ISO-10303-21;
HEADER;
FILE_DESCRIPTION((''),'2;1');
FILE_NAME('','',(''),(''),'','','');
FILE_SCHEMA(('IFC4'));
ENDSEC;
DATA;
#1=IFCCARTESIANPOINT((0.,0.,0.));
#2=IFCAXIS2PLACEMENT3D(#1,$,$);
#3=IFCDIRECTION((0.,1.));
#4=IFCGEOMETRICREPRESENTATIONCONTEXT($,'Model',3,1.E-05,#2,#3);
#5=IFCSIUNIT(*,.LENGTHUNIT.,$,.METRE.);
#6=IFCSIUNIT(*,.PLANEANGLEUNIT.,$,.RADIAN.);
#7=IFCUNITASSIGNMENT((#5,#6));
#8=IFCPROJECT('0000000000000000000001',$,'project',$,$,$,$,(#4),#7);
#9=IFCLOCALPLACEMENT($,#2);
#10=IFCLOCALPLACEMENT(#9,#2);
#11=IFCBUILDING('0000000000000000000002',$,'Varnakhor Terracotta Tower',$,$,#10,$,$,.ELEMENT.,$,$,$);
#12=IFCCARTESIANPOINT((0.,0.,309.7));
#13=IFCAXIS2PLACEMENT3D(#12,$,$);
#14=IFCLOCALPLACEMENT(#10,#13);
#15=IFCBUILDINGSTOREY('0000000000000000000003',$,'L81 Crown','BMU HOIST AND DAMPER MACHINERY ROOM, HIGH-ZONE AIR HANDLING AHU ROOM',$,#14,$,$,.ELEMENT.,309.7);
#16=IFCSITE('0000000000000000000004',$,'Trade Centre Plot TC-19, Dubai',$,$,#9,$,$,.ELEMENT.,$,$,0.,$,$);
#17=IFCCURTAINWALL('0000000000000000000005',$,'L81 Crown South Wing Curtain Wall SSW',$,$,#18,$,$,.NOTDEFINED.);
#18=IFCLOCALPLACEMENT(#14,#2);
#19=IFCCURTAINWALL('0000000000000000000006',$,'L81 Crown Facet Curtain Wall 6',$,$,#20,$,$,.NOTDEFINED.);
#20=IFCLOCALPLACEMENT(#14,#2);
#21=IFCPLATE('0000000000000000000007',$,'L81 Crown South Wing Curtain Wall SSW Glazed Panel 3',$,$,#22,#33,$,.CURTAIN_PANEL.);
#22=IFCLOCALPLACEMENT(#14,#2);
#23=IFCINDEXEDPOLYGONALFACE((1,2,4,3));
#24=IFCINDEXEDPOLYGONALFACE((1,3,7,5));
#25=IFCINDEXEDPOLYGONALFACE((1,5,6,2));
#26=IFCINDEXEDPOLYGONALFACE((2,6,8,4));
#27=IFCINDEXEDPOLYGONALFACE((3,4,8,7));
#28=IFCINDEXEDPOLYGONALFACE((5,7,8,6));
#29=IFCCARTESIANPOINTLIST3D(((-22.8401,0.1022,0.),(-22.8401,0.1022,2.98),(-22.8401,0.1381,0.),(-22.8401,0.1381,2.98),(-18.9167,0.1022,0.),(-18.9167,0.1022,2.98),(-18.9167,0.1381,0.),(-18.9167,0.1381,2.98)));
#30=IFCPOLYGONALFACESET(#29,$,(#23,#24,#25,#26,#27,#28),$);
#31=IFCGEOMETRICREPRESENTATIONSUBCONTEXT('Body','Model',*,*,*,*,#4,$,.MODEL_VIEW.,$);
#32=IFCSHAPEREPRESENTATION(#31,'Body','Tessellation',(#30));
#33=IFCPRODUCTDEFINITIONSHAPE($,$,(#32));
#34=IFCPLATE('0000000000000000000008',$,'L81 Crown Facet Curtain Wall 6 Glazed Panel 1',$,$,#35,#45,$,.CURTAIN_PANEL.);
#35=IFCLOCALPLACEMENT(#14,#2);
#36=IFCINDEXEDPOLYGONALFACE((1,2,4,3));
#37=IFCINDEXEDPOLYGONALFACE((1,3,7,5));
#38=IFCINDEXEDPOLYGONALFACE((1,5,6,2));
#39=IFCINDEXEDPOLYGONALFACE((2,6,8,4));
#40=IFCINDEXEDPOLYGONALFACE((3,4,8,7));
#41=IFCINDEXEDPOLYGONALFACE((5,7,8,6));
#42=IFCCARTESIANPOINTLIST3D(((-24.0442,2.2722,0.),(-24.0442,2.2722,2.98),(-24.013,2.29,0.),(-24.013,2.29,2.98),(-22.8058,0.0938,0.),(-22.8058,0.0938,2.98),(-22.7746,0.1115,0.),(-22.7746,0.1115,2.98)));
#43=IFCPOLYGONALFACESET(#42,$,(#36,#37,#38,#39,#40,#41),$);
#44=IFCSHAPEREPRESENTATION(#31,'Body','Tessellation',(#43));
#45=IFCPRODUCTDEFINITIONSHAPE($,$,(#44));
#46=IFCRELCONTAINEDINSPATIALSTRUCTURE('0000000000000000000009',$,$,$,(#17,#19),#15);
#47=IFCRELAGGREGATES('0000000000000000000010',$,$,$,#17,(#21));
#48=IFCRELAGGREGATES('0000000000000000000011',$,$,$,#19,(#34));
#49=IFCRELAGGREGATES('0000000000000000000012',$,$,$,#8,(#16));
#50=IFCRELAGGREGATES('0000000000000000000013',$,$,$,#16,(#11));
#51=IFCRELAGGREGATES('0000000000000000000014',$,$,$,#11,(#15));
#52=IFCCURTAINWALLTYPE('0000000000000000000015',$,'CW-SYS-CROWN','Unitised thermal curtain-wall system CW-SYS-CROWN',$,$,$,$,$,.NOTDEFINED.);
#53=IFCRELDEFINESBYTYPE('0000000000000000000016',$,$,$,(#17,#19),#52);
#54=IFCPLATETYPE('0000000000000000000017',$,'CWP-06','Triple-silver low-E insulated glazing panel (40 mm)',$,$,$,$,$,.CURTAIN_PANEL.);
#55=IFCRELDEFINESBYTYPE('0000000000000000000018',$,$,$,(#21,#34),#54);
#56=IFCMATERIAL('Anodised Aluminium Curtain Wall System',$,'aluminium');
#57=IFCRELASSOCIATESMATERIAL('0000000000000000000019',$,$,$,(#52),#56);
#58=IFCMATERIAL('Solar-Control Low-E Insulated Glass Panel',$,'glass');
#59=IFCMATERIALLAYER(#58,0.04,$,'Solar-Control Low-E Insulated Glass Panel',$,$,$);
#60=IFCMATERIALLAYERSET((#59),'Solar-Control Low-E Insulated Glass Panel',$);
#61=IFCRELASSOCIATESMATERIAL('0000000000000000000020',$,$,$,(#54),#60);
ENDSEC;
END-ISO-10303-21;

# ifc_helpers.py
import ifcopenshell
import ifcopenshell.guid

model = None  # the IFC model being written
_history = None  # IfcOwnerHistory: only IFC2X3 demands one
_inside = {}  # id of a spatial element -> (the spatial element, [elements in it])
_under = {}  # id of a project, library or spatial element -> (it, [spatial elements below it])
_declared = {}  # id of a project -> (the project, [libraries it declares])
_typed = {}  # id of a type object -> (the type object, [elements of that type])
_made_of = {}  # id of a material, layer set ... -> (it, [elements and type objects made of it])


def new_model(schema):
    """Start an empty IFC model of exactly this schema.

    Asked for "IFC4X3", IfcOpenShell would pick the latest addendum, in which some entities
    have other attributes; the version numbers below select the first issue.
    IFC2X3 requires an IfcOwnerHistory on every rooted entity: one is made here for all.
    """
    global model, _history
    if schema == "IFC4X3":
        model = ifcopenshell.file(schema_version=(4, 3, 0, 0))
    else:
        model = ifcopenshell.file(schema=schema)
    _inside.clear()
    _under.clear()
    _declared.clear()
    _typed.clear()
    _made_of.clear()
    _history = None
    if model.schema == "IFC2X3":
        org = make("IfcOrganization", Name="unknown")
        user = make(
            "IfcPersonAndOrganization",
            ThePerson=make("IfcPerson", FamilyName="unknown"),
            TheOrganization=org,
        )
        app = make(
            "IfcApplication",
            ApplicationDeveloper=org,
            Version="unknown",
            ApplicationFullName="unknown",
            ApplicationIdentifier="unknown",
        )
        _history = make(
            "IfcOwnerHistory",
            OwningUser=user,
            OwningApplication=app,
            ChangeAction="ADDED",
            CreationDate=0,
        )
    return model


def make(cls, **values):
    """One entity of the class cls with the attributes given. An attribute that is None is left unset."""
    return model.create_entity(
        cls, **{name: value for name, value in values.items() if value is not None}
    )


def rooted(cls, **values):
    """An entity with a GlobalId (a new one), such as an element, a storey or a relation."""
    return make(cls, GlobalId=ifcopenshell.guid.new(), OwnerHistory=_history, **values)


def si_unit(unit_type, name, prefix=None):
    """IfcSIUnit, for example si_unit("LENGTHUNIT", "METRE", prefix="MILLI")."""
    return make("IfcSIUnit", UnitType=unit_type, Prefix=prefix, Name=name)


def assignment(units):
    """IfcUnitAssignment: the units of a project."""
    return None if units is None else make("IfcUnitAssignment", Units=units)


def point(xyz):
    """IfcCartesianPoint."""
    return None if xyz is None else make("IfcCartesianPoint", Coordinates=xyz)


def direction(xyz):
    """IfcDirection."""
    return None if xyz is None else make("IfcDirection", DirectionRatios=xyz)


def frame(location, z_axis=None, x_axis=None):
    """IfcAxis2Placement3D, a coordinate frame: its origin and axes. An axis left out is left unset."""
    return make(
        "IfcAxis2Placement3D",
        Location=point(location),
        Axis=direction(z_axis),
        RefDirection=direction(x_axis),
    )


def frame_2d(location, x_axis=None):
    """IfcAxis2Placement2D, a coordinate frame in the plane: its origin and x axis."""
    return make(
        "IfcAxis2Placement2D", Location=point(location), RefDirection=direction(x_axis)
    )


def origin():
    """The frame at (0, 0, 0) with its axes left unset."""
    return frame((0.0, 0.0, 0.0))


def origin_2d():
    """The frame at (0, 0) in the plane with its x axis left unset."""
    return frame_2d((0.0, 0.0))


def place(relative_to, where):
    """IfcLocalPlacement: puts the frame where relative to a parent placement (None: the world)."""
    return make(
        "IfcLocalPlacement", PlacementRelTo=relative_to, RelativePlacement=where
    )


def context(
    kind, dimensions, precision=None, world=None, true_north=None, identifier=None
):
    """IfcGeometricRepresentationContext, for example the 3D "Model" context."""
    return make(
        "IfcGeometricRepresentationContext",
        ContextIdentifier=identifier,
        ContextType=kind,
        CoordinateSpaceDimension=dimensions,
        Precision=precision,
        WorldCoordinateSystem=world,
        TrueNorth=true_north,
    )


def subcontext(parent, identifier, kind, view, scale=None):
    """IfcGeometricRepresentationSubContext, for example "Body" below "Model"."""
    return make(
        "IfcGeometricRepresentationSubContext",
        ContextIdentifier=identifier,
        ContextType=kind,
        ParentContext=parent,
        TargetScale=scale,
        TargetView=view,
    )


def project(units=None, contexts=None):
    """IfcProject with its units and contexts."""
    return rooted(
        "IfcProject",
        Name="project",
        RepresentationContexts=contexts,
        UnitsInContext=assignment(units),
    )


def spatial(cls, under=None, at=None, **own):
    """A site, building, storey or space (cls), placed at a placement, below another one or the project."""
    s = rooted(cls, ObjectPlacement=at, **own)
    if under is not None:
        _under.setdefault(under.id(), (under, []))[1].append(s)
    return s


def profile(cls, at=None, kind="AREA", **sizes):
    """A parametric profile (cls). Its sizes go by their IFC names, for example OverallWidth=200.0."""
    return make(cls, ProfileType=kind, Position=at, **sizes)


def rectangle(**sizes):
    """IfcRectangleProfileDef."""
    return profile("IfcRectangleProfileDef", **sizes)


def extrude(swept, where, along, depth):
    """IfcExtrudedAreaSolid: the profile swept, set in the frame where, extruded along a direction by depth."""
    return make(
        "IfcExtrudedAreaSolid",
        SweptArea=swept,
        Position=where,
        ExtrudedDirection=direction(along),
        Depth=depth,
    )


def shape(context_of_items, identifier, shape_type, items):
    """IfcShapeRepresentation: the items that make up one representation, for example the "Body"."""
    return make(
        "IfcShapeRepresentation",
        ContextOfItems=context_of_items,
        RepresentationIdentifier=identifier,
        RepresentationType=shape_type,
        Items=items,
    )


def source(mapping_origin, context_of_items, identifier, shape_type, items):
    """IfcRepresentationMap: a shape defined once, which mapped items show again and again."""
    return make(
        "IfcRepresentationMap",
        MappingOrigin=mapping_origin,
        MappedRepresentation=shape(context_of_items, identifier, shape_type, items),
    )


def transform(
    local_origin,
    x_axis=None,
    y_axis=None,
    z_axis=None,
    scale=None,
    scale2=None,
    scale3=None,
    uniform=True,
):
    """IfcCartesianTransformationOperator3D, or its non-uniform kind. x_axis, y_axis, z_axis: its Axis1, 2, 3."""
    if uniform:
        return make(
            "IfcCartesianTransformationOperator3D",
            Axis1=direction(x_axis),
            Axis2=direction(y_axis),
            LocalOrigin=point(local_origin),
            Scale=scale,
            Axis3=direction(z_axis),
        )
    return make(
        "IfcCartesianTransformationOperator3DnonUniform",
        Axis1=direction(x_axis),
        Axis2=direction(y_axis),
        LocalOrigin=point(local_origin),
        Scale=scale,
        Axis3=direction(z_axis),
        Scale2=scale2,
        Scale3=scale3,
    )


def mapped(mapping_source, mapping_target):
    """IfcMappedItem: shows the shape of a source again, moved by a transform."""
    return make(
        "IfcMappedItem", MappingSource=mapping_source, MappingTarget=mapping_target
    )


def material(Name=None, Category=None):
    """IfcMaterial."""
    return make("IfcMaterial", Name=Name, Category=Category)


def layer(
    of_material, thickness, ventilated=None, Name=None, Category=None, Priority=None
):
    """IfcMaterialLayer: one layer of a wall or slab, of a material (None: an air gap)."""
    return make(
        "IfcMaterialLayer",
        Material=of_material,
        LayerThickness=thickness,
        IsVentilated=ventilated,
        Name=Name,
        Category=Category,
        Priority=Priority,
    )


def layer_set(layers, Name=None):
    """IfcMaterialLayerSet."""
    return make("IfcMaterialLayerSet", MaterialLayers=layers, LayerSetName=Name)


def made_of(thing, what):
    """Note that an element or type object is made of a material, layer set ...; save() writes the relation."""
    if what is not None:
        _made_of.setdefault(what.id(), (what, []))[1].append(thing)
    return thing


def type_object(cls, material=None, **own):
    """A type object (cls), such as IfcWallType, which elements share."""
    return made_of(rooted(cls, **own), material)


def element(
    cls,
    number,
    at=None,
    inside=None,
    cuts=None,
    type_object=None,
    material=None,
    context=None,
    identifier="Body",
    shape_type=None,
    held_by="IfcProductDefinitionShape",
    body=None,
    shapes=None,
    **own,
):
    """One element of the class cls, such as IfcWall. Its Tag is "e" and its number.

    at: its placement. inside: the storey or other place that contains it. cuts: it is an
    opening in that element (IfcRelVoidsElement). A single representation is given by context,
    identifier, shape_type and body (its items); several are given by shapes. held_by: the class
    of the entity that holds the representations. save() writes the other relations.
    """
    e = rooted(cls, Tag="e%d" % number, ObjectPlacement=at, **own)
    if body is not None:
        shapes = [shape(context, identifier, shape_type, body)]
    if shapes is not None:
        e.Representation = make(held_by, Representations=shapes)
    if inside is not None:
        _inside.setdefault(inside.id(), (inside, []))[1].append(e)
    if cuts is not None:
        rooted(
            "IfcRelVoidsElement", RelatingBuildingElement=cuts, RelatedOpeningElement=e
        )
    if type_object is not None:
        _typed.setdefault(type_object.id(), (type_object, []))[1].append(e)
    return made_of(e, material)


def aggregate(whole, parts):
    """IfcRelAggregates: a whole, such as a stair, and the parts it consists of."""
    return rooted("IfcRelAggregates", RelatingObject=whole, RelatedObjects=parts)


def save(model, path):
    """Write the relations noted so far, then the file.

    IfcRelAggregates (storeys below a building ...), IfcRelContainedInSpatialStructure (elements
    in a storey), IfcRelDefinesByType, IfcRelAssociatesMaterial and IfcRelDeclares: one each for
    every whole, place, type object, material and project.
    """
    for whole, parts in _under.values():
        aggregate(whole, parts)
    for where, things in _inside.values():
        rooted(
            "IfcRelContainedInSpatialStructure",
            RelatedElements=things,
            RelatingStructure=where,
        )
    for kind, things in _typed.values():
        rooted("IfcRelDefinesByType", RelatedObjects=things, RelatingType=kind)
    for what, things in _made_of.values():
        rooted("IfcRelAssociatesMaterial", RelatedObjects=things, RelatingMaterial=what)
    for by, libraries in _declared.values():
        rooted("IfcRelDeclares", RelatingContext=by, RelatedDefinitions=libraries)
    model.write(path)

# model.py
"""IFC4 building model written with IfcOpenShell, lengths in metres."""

from ifc_helpers import new_model, si_unit, direction, frame, origin, origin_2d, place, context, subcontext, project, spatial, rectangle, extrude, source, transform, mapped, material, layer, layer_set, type_object, element, aggregate, save


model = new_model("IFC4")

# Units and contexts
model_context = context("Model", 3, precision=1e-05, world=origin(), true_north=direction((0.0, 1.0)))
body_context = subcontext(model_context, "Body", "Model", "MODEL_VIEW")
ifc_project = project(units=[si_unit("LENGTHUNIT", "METRE"), si_unit("PLANEANGLEUNIT", "RADIAN")], contexts=[model_context])

# Site, building, storey
site_placement = place(None, origin())
site = spatial("IfcSite", under=ifc_project, at=site_placement, Name="Trade Centre Plot TC-19, Dubai", CompositionType="ELEMENT", RefElevation=0.0)
building_placement = place(site_placement, origin())
building = spatial("IfcBuilding", under=site, at=building_placement, Name="Varnakhor Terracotta Tower", CompositionType="ELEMENT")
storey_placement = place(building_placement, frame((0.0, 0.0, 309.7)))
storey = spatial("IfcBuildingStorey", under=building, at=storey_placement, Name="L81 Crown", Description="BMU HOIST AND DAMPER MACHINERY ROOM, HIGH-ZONE AIR HANDLING AHU ROOM", CompositionType="ELEMENT", Elevation=309.7)

# Curtain wall
ifc_material_1 = material(Name="Anodised Aluminium Curtain Wall System", Category="aluminium")
curtain_wall_type = type_object("IfcCurtainWallType", Name="CW-SYS-CROWN", Description="Unitised thermal curtain-wall system CW-SYS-CROWN", PredefinedType="NOTDEFINED", material=ifc_material_1)
curtain_wall_1_placement = place(storey_placement, origin())
curtain_wall_1 = element("IfcCurtainWall", 1, at=curtain_wall_1_placement, inside=storey, type_object=curtain_wall_type, Name="L81 Crown South Wing Curtain Wall SSW", PredefinedType="NOTDEFINED")

# Curtain wall
curtain_wall_2_placement = place(storey_placement, origin())
curtain_wall_2 = element("IfcCurtainWall", 2, at=curtain_wall_2_placement, inside=storey, type_object=curtain_wall_type, Name="L81 Crown Facet Curtain Wall 6", PredefinedType="NOTDEFINED")

# Plates
ifc_material_2 = material(Name="Solar-Control Low-E Insulated Glass Panel", Category="glass")
ifc_layer = layer(ifc_material_2, 0.04, Name="Solar-Control Low-E Insulated Glass Panel")
ifc_layer_set = layer_set([ifc_layer], Name="Solar-Control Low-E Insulated Glass Panel")
plate_type = type_object("IfcPlateType", Name="CWP-06", Description="Triple-silver low-E insulated glazing panel (40 mm)", PredefinedType="CURTAIN_PANEL", material=ifc_layer_set)
shared_shape_1 = source(origin(), body_context, "Body", "SweptSolid", [
    extrude(rectangle(XDim=3.9233, YDim=0.0359, at=origin_2d()), origin(), (0.0, 0.0, 1.0), 2.98),
])
plate_1_placement = place(storey_placement, frame((-20.8784, 0.1201, 0.0), z_axis=(0.0, 0.0, 1.0), x_axis=(-1.0, 0.0, 0.0)))
plate_1 = element("IfcPlate", 3, at=plate_1_placement, type_object=plate_type, Name="L81 Crown South Wing Curtain Wall SSW Glazed Panel 3", PredefinedType="CURTAIN_PANEL", context=body_context, shape_type="MappedRepresentation", body=[
    mapped(shared_shape_1, transform((0.0, 0.0, 0.0), scale=1.0)),
])
aggregate(curtain_wall_1, [plate_1])
shared_shape_2 = source(origin(), body_context, "Body", "SweptSolid", [
    extrude(rectangle(XDim=2.5059, YDim=0.0359, at=origin_2d()), origin(), (0.0, 0.0, 1.0), 2.98),
])
plate_2_placement = place(storey_placement, frame((-23.4094, 1.1919, 0.0), z_axis=(0.0, 0.0, 1.0), x_axis=(-0.494215, 0.86934, 0.0)))
plate_2 = element("IfcPlate", 4, at=plate_2_placement, type_object=plate_type, Name="L81 Crown Facet Curtain Wall 6 Glazed Panel 1", PredefinedType="CURTAIN_PANEL", context=body_context, shape_type="MappedRepresentation", body=[
    mapped(shared_shape_2, transform((0.0, 0.0, 0.0), scale=1.0)),
])
aggregate(curtain_wall_2, [plate_2])

save(model, "model.ifc")
